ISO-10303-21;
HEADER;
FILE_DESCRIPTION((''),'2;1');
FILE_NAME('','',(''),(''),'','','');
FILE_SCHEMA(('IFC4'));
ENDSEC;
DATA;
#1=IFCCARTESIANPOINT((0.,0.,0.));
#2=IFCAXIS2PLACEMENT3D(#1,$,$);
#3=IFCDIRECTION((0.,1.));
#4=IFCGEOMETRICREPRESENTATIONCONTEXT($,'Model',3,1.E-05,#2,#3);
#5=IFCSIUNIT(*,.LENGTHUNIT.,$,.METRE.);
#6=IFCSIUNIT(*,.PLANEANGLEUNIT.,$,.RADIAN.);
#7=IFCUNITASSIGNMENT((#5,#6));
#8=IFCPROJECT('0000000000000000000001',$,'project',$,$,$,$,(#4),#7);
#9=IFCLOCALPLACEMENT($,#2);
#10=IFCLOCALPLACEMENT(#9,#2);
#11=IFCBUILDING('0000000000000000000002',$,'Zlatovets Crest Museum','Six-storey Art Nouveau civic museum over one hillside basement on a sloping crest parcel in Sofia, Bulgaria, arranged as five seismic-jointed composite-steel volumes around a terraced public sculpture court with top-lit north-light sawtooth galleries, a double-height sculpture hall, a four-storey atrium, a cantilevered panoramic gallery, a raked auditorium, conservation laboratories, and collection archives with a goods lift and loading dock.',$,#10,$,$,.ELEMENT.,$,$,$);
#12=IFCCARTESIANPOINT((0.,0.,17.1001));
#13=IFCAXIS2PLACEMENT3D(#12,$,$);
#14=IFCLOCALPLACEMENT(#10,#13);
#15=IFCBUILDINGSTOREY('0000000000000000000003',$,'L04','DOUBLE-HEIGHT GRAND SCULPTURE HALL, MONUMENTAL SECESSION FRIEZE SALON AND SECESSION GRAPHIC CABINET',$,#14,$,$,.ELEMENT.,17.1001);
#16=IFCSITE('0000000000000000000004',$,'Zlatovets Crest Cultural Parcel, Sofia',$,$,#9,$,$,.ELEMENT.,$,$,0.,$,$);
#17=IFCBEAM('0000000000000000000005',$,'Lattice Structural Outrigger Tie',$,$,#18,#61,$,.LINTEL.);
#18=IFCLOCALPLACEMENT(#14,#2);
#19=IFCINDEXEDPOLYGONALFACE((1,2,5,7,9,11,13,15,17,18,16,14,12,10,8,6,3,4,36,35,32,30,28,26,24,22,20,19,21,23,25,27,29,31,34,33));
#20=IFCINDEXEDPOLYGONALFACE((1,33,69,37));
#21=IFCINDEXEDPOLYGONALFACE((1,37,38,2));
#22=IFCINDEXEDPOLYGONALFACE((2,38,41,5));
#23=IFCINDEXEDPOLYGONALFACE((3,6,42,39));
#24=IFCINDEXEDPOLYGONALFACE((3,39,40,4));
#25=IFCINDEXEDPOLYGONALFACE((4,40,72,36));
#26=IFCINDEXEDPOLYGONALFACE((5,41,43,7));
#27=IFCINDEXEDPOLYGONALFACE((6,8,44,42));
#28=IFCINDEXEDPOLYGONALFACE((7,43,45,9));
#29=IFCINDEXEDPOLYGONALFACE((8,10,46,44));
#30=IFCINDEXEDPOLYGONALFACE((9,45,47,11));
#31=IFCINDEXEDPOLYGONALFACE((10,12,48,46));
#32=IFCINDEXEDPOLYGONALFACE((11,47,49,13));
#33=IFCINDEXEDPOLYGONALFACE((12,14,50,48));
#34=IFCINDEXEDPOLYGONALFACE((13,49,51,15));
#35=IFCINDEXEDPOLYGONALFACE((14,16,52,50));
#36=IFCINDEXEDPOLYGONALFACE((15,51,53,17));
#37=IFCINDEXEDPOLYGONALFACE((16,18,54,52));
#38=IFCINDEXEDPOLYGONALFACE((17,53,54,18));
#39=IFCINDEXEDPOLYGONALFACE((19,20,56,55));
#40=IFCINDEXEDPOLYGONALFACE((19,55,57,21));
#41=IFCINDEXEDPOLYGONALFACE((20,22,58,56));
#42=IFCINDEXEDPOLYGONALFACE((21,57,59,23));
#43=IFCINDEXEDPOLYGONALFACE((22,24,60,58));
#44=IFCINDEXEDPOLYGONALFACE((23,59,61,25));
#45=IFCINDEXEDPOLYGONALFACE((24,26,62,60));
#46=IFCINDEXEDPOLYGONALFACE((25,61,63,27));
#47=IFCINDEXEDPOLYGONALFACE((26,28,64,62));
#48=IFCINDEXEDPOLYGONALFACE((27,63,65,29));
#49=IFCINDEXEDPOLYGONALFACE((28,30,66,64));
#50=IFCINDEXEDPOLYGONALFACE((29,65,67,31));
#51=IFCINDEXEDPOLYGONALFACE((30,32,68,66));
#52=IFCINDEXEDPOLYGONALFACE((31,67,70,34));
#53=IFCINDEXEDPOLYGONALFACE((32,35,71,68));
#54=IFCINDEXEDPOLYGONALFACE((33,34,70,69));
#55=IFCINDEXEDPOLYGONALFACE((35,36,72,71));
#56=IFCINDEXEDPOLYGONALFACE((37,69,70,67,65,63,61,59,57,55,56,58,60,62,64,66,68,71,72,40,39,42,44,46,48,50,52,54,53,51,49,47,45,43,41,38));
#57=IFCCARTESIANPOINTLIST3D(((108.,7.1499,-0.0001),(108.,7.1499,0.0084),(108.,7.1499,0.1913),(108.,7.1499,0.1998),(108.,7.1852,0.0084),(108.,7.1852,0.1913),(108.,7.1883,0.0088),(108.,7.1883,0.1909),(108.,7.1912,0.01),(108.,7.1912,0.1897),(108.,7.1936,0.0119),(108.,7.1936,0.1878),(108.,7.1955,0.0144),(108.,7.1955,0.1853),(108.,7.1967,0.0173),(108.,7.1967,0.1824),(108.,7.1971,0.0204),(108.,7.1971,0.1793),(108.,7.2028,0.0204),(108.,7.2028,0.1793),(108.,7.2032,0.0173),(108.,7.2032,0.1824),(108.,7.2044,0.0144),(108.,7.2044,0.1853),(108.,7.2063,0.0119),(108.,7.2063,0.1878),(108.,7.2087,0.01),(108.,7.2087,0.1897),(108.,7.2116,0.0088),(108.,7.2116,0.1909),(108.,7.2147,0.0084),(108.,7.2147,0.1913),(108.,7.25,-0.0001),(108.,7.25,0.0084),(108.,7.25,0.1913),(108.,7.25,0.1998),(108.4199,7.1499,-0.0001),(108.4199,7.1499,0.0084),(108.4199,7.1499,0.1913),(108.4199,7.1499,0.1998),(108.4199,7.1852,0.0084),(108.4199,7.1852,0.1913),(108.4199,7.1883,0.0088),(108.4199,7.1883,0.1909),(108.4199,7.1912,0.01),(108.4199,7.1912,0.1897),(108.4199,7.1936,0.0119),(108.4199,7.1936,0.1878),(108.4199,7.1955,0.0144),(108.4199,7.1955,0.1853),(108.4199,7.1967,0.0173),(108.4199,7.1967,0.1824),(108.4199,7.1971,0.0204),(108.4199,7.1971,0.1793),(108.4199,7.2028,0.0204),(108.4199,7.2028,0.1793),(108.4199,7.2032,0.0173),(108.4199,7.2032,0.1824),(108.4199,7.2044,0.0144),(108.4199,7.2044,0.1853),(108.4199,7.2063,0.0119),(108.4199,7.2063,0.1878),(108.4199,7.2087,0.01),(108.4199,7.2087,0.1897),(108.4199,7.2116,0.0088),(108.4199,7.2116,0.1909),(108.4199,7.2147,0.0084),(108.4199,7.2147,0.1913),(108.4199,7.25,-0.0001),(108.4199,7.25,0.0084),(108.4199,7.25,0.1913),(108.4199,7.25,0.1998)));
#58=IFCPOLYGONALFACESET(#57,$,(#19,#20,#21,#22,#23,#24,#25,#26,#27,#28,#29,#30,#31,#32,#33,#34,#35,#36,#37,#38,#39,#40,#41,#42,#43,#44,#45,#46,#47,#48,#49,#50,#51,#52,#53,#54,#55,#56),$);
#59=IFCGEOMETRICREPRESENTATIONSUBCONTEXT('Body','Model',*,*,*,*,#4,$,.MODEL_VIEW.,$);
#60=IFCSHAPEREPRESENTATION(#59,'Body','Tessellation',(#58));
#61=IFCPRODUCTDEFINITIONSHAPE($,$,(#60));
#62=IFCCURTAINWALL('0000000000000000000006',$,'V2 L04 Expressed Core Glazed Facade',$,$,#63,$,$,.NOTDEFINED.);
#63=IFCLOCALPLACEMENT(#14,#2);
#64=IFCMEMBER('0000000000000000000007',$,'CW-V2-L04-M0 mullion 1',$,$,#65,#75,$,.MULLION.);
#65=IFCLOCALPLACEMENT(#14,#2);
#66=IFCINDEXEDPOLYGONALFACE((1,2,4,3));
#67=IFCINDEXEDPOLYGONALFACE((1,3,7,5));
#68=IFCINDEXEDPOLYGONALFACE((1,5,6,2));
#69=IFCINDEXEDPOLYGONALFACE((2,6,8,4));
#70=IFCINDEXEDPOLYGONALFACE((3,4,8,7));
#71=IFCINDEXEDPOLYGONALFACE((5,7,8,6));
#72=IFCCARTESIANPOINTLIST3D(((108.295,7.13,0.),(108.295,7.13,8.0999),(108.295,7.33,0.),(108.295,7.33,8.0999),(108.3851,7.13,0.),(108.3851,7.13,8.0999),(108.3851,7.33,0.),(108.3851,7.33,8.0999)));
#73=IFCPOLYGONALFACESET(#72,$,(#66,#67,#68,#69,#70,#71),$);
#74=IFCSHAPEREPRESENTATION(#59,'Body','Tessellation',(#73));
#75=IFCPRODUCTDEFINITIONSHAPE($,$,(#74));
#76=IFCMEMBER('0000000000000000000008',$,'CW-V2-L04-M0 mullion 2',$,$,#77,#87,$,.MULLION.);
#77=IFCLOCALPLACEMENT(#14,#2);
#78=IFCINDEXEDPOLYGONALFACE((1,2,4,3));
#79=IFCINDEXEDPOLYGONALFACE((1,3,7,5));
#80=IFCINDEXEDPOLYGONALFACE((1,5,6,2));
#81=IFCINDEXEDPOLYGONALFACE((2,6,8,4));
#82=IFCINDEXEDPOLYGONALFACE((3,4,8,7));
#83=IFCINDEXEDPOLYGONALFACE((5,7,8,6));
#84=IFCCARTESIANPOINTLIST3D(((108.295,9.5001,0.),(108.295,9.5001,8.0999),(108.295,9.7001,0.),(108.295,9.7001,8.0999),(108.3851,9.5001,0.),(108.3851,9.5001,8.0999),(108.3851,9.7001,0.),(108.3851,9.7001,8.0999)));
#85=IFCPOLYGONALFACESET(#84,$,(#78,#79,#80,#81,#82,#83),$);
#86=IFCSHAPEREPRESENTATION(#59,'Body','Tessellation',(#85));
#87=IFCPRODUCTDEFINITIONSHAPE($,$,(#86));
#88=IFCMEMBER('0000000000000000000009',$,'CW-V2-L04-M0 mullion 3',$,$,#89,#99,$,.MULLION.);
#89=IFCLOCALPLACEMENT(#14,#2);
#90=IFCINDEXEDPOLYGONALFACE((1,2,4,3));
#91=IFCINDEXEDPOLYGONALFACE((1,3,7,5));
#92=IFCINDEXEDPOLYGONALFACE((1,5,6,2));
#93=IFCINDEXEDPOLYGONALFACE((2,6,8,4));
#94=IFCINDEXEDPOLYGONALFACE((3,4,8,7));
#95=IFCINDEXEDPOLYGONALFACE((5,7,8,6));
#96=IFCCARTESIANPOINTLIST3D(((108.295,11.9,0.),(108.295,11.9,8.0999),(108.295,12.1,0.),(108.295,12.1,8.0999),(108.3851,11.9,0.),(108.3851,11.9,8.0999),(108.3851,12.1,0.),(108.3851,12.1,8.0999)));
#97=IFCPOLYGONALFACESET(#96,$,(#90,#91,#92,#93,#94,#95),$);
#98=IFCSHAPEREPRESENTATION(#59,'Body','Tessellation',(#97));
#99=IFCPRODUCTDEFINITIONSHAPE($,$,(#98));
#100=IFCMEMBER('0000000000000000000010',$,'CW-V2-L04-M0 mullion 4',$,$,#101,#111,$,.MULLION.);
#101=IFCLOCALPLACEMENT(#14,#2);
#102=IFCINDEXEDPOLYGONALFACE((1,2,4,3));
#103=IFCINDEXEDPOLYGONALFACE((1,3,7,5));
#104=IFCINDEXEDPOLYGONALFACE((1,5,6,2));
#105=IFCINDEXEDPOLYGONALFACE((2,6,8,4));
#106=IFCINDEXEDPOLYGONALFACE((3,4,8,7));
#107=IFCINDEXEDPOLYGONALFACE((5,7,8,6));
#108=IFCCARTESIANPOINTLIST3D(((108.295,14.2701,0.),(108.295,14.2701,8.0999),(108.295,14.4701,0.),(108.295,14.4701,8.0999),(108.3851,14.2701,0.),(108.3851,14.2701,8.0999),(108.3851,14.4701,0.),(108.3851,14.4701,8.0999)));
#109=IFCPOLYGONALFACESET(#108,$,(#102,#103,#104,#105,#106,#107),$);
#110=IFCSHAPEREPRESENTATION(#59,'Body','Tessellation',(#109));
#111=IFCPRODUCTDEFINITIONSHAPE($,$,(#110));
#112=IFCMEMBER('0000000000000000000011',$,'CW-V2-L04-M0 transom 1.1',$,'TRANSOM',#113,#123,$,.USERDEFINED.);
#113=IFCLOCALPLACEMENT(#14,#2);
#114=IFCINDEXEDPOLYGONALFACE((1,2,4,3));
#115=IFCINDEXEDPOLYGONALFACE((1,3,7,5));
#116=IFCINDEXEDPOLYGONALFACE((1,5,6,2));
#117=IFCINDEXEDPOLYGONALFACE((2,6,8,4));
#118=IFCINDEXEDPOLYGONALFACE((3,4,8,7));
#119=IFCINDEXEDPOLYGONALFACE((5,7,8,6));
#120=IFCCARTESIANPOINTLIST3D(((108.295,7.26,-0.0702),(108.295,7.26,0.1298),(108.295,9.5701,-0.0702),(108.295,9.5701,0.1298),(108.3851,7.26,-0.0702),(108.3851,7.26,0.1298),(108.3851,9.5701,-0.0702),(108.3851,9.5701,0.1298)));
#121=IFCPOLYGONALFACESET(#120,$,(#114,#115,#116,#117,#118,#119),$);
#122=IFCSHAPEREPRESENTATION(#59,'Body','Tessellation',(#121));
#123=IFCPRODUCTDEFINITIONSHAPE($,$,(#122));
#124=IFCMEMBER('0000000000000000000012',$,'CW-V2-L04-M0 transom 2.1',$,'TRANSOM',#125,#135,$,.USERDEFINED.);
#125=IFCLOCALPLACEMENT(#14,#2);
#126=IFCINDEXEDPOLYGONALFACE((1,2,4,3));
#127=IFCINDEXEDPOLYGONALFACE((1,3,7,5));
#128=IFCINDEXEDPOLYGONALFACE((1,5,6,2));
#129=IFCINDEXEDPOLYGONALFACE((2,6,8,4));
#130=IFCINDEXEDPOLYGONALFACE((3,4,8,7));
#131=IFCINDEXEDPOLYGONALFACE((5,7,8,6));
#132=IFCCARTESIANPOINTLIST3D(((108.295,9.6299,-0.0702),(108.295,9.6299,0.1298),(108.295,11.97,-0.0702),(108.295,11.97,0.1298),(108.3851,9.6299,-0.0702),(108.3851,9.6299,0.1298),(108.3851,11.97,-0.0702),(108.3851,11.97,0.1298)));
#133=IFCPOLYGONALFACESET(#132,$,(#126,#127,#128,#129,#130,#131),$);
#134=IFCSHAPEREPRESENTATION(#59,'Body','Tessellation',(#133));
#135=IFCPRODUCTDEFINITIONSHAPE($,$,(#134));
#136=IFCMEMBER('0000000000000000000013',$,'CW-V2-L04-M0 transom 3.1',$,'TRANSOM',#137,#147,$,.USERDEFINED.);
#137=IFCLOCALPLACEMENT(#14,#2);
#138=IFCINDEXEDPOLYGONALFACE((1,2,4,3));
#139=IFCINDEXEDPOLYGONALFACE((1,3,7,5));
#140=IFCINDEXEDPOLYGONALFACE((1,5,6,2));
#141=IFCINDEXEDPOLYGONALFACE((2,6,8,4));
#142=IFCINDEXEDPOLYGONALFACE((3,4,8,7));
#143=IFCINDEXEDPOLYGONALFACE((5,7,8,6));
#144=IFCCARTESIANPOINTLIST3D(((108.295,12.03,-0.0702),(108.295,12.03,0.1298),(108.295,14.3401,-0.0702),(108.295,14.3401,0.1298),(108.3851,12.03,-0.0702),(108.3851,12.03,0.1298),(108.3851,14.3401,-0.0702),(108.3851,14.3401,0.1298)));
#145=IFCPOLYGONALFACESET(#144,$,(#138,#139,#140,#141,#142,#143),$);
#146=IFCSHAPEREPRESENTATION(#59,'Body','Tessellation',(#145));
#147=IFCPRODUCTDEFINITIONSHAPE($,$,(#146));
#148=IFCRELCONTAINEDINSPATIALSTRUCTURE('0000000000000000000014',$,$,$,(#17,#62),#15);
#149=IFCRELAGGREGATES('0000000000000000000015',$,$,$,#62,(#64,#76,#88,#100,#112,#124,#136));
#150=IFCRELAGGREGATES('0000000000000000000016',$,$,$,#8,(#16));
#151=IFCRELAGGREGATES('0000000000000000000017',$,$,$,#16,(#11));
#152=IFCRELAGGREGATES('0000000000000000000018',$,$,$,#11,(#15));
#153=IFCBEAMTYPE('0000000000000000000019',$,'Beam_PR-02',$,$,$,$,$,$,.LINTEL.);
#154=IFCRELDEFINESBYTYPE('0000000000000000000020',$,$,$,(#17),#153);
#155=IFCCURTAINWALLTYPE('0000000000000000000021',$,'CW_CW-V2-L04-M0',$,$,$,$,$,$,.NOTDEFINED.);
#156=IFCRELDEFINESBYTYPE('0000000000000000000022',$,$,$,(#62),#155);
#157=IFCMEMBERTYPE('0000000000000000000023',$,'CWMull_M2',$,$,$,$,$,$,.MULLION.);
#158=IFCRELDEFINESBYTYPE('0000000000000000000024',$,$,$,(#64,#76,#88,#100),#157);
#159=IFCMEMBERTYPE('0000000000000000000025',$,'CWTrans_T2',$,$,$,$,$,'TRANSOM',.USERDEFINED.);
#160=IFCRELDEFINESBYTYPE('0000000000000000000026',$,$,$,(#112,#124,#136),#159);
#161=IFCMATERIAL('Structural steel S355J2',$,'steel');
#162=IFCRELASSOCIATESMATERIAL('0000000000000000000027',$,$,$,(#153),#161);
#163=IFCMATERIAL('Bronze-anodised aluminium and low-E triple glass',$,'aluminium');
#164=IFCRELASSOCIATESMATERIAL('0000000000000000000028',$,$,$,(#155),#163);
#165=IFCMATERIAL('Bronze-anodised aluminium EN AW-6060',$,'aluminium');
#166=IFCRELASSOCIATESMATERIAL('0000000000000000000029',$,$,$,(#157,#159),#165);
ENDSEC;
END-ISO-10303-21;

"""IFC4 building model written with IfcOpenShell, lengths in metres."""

from ifc_helpers import new_model, si_unit, direction, frame, origin, origin_2d, place, context, subcontext, project, spatial, rectangle, i_section, extrude, material, material_profile, profile_set, type_object, element, aggregate, save


model = new_model("IFC4")

# Units and contexts
model_context = context("Model", 3, precision=1e-05, world=origin(), true_north=direction((0.0, 1.0)))
body_context = subcontext(model_context, "Body", "Model", "MODEL_VIEW")
ifc_project = project(units=[si_unit("LENGTHUNIT", "METRE"), si_unit("PLANEANGLEUNIT", "RADIAN")], contexts=[model_context])

# Site, building, storey
site_placement = place(None, origin())
site = spatial("IfcSite", under=ifc_project, at=site_placement, Name="Zlatovets Crest Cultural Parcel, Sofia", CompositionType="ELEMENT", RefElevation=0.0)
building_placement = place(site_placement, origin())
building = spatial("IfcBuilding", under=site, at=building_placement, Name="Zlatovets Crest Museum", Description="Six-storey Art Nouveau civic museum over one hillside basement on a sloping crest parcel in Sofia, Bulgaria, arranged as five seismic-jointed composite-steel volumes around a terraced public sculpture court with top-lit north-light sawtooth galleries, a double-height sculpture hall, a four-storey atrium, a cantilevered panoramic gallery, a raked auditorium, conservation laboratories, and collection archives with a goods lift and loading dock.", CompositionType="ELEMENT")
storey_placement = place(building_placement, frame((0.0, 0.0, 17.1001)))
storey = spatial("IfcBuildingStorey", under=building, at=storey_placement, Name="L04", Description="DOUBLE-HEIGHT GRAND SCULPTURE HALL, MONUMENTAL SECESSION FRIEZE SALON AND SECESSION GRAPHIC CABINET", CompositionType="ELEMENT", Elevation=17.1001)

# Shared definitions
ifc_material_1 = material(Name="Structural steel S355J2", Category="steel")

# Beam
ifc_material_profile_1 = material_profile(ifc_material_1, i_section(OverallWidth=0.1001, OverallDepth=0.2, WebThickness=0.0056, FlangeThickness=0.0085, FilletRadius=0.012, at=origin_2d()), Name="IPE 200")
ifc_profile_set_1 = profile_set([ifc_material_profile_1], Name="Structural steel S355J2")
beam_type_1 = type_object("IfcBeamType", Name="Beam_PR-02", PredefinedType="LINTEL", material=ifc_profile_set_1)
beam_1_placement = place(storey_placement, frame((108.0, 7.2, 0.0999), z_axis=(1.0, 0.0, 0.0), x_axis=(0.0, 1.0, 0.0)))
element("IfcBeam", 1, at=beam_1_placement, inside=storey, type_object=beam_type_1, Name="Lattice Structural Outrigger Tie", PredefinedType="LINTEL", context=body_context, shape_type="SweptSolid", body=[
    extrude(i_section(OverallWidth=0.1001, OverallDepth=0.2, WebThickness=0.0056, FlangeThickness=0.0085, FilletRadius=0.012, at=origin_2d()), origin(), (0.0, 0.0, 1.0), 0.4199),
])

# Curtain wall, members
ifc_material_2 = material(Name="Bronze-anodised aluminium and low-E triple glass", Category="aluminium")
curtain_wall_type = type_object("IfcCurtainWallType", Name="CW_CW-V2-L04-M0", PredefinedType="NOTDEFINED", material=ifc_material_2)
curtain_wall_placement = place(storey_placement, origin())
curtain_wall = element("IfcCurtainWall", 2, at=curtain_wall_placement, inside=storey, type_object=curtain_wall_type, Name="V2 L04 Expressed Core Glazed Facade", PredefinedType="NOTDEFINED")
ifc_material_3 = material(Name="Bronze-anodised aluminium EN AW-6060", Category="aluminium")
ifc_material_profile_2 = material_profile(ifc_material_3, rectangle(XDim=0.0901, YDim=0.2, at=origin_2d()), Name="ALU 90x200")
ifc_profile_set_2 = profile_set([ifc_material_profile_2], Name="Bronze-anodised aluminium EN AW-6060")
member_type_1 = type_object("IfcMemberType", Name="CWMull_M2", PredefinedType="MULLION", material=ifc_profile_set_2)
member_1_placement = place(storey_placement, frame((108.3401, 7.23, 0.0), z_axis=(0.0, 0.0, 1.0), x_axis=(-1.0, 0.0, 0.0)))
member_1 = element("IfcMember", 3, at=member_1_placement, type_object=member_type_1, Name="CW-V2-L04-M0 mullion 1", PredefinedType="MULLION", context=body_context, shape_type="SweptSolid", body=[
    extrude(rectangle(XDim=0.0901, YDim=0.2, at=origin_2d()), origin(), (0.0, 0.0, 1.0), 8.0999),
])
member_2_placement = place(storey_placement, frame((108.3401, 9.6001, 0.0), z_axis=(0.0, 0.0, 1.0), x_axis=(-1.0, 0.0, 0.0)))
member_2 = element("IfcMember", 4, at=member_2_placement, type_object=member_type_1, Name="CW-V2-L04-M0 mullion 2", PredefinedType="MULLION", context=body_context, shape_type="SweptSolid", body=[
    extrude(rectangle(XDim=0.0901, YDim=0.2, at=origin_2d()), origin(), (0.0, 0.0, 1.0), 8.0999),
])
member_3_placement = place(storey_placement, frame((108.3401, 12.0, 0.0), z_axis=(0.0, 0.0, 1.0), x_axis=(-1.0, 0.0, 0.0)))
member_3 = element("IfcMember", 5, at=member_3_placement, type_object=member_type_1, Name="CW-V2-L04-M0 mullion 3", PredefinedType="MULLION", context=body_context, shape_type="SweptSolid", body=[
    extrude(rectangle(XDim=0.0901, YDim=0.2, at=origin_2d()), origin(), (0.0, 0.0, 1.0), 8.0999),
])
member_4_placement = place(storey_placement, frame((108.3401, 14.3701, 0.0), z_axis=(0.0, 0.0, 1.0), x_axis=(-1.0, 0.0, 0.0)))
member_4 = element("IfcMember", 6, at=member_4_placement, type_object=member_type_1, Name="CW-V2-L04-M0 mullion 4", PredefinedType="MULLION", context=body_context, shape_type="SweptSolid", body=[
    extrude(rectangle(XDim=0.0901, YDim=0.2, at=origin_2d()), origin(), (0.0, 0.0, 1.0), 8.0999),
])
ifc_material_profile_3 = material_profile(ifc_material_3, rectangle(XDim=0.0901, YDim=0.2, at=origin_2d()), Name="ALU 90x200")
ifc_profile_set_3 = profile_set([ifc_material_profile_3], Name="Bronze-anodised aluminium EN AW-6060")
member_type_2 = type_object("IfcMemberType", Name="CWTrans_T2", ElementType="TRANSOM", PredefinedType="USERDEFINED", material=ifc_profile_set_3)
member_5_placement = place(storey_placement, frame((108.3401, 7.26, 0.0298), z_axis=(0.0, 1.0, 0.0), x_axis=(-1.0, 0.0, 0.0)))
member_5 = element("IfcMember", 7, at=member_5_placement, type_object=member_type_2, Name="CW-V2-L04-M0 transom 1.1", ObjectType="TRANSOM", PredefinedType="USERDEFINED", context=body_context, shape_type="SweptSolid", body=[
    extrude(rectangle(XDim=0.0901, YDim=0.2, at=origin_2d()), origin(), (0.0, 0.0, 1.0), 2.3101),
])
member_6_placement = place(storey_placement, frame((108.3401, 9.6299, 0.0298), z_axis=(0.0, 1.0, 0.0), x_axis=(-1.0, 0.0, 0.0)))
member_6 = element("IfcMember", 8, at=member_6_placement, type_object=member_type_2, Name="CW-V2-L04-M0 transom 2.1", ObjectType="TRANSOM", PredefinedType="USERDEFINED", context=body_context, shape_type="SweptSolid", body=[
    extrude(rectangle(XDim=0.0901, YDim=0.2, at=origin_2d()), origin(), (0.0, 0.0, 1.0), 2.3401),
])
member_7_placement = place(storey_placement, frame((108.3401, 12.03, 0.0298), z_axis=(0.0, 1.0, 0.0), x_axis=(-1.0, 0.0, 0.0)))
member_7 = element("IfcMember", 9, at=member_7_placement, type_object=member_type_2, Name="CW-V2-L04-M0 transom 3.1", ObjectType="TRANSOM", PredefinedType="USERDEFINED", context=body_context, shape_type="SweptSolid", body=[
    extrude(rectangle(XDim=0.0901, YDim=0.2, at=origin_2d()), origin(), (0.0, 0.0, 1.0), 2.3101),
])

aggregate(curtain_wall, [member_1, member_2, member_3, member_4, member_5, member_6, member_7])

save(model, "model.ifc")
